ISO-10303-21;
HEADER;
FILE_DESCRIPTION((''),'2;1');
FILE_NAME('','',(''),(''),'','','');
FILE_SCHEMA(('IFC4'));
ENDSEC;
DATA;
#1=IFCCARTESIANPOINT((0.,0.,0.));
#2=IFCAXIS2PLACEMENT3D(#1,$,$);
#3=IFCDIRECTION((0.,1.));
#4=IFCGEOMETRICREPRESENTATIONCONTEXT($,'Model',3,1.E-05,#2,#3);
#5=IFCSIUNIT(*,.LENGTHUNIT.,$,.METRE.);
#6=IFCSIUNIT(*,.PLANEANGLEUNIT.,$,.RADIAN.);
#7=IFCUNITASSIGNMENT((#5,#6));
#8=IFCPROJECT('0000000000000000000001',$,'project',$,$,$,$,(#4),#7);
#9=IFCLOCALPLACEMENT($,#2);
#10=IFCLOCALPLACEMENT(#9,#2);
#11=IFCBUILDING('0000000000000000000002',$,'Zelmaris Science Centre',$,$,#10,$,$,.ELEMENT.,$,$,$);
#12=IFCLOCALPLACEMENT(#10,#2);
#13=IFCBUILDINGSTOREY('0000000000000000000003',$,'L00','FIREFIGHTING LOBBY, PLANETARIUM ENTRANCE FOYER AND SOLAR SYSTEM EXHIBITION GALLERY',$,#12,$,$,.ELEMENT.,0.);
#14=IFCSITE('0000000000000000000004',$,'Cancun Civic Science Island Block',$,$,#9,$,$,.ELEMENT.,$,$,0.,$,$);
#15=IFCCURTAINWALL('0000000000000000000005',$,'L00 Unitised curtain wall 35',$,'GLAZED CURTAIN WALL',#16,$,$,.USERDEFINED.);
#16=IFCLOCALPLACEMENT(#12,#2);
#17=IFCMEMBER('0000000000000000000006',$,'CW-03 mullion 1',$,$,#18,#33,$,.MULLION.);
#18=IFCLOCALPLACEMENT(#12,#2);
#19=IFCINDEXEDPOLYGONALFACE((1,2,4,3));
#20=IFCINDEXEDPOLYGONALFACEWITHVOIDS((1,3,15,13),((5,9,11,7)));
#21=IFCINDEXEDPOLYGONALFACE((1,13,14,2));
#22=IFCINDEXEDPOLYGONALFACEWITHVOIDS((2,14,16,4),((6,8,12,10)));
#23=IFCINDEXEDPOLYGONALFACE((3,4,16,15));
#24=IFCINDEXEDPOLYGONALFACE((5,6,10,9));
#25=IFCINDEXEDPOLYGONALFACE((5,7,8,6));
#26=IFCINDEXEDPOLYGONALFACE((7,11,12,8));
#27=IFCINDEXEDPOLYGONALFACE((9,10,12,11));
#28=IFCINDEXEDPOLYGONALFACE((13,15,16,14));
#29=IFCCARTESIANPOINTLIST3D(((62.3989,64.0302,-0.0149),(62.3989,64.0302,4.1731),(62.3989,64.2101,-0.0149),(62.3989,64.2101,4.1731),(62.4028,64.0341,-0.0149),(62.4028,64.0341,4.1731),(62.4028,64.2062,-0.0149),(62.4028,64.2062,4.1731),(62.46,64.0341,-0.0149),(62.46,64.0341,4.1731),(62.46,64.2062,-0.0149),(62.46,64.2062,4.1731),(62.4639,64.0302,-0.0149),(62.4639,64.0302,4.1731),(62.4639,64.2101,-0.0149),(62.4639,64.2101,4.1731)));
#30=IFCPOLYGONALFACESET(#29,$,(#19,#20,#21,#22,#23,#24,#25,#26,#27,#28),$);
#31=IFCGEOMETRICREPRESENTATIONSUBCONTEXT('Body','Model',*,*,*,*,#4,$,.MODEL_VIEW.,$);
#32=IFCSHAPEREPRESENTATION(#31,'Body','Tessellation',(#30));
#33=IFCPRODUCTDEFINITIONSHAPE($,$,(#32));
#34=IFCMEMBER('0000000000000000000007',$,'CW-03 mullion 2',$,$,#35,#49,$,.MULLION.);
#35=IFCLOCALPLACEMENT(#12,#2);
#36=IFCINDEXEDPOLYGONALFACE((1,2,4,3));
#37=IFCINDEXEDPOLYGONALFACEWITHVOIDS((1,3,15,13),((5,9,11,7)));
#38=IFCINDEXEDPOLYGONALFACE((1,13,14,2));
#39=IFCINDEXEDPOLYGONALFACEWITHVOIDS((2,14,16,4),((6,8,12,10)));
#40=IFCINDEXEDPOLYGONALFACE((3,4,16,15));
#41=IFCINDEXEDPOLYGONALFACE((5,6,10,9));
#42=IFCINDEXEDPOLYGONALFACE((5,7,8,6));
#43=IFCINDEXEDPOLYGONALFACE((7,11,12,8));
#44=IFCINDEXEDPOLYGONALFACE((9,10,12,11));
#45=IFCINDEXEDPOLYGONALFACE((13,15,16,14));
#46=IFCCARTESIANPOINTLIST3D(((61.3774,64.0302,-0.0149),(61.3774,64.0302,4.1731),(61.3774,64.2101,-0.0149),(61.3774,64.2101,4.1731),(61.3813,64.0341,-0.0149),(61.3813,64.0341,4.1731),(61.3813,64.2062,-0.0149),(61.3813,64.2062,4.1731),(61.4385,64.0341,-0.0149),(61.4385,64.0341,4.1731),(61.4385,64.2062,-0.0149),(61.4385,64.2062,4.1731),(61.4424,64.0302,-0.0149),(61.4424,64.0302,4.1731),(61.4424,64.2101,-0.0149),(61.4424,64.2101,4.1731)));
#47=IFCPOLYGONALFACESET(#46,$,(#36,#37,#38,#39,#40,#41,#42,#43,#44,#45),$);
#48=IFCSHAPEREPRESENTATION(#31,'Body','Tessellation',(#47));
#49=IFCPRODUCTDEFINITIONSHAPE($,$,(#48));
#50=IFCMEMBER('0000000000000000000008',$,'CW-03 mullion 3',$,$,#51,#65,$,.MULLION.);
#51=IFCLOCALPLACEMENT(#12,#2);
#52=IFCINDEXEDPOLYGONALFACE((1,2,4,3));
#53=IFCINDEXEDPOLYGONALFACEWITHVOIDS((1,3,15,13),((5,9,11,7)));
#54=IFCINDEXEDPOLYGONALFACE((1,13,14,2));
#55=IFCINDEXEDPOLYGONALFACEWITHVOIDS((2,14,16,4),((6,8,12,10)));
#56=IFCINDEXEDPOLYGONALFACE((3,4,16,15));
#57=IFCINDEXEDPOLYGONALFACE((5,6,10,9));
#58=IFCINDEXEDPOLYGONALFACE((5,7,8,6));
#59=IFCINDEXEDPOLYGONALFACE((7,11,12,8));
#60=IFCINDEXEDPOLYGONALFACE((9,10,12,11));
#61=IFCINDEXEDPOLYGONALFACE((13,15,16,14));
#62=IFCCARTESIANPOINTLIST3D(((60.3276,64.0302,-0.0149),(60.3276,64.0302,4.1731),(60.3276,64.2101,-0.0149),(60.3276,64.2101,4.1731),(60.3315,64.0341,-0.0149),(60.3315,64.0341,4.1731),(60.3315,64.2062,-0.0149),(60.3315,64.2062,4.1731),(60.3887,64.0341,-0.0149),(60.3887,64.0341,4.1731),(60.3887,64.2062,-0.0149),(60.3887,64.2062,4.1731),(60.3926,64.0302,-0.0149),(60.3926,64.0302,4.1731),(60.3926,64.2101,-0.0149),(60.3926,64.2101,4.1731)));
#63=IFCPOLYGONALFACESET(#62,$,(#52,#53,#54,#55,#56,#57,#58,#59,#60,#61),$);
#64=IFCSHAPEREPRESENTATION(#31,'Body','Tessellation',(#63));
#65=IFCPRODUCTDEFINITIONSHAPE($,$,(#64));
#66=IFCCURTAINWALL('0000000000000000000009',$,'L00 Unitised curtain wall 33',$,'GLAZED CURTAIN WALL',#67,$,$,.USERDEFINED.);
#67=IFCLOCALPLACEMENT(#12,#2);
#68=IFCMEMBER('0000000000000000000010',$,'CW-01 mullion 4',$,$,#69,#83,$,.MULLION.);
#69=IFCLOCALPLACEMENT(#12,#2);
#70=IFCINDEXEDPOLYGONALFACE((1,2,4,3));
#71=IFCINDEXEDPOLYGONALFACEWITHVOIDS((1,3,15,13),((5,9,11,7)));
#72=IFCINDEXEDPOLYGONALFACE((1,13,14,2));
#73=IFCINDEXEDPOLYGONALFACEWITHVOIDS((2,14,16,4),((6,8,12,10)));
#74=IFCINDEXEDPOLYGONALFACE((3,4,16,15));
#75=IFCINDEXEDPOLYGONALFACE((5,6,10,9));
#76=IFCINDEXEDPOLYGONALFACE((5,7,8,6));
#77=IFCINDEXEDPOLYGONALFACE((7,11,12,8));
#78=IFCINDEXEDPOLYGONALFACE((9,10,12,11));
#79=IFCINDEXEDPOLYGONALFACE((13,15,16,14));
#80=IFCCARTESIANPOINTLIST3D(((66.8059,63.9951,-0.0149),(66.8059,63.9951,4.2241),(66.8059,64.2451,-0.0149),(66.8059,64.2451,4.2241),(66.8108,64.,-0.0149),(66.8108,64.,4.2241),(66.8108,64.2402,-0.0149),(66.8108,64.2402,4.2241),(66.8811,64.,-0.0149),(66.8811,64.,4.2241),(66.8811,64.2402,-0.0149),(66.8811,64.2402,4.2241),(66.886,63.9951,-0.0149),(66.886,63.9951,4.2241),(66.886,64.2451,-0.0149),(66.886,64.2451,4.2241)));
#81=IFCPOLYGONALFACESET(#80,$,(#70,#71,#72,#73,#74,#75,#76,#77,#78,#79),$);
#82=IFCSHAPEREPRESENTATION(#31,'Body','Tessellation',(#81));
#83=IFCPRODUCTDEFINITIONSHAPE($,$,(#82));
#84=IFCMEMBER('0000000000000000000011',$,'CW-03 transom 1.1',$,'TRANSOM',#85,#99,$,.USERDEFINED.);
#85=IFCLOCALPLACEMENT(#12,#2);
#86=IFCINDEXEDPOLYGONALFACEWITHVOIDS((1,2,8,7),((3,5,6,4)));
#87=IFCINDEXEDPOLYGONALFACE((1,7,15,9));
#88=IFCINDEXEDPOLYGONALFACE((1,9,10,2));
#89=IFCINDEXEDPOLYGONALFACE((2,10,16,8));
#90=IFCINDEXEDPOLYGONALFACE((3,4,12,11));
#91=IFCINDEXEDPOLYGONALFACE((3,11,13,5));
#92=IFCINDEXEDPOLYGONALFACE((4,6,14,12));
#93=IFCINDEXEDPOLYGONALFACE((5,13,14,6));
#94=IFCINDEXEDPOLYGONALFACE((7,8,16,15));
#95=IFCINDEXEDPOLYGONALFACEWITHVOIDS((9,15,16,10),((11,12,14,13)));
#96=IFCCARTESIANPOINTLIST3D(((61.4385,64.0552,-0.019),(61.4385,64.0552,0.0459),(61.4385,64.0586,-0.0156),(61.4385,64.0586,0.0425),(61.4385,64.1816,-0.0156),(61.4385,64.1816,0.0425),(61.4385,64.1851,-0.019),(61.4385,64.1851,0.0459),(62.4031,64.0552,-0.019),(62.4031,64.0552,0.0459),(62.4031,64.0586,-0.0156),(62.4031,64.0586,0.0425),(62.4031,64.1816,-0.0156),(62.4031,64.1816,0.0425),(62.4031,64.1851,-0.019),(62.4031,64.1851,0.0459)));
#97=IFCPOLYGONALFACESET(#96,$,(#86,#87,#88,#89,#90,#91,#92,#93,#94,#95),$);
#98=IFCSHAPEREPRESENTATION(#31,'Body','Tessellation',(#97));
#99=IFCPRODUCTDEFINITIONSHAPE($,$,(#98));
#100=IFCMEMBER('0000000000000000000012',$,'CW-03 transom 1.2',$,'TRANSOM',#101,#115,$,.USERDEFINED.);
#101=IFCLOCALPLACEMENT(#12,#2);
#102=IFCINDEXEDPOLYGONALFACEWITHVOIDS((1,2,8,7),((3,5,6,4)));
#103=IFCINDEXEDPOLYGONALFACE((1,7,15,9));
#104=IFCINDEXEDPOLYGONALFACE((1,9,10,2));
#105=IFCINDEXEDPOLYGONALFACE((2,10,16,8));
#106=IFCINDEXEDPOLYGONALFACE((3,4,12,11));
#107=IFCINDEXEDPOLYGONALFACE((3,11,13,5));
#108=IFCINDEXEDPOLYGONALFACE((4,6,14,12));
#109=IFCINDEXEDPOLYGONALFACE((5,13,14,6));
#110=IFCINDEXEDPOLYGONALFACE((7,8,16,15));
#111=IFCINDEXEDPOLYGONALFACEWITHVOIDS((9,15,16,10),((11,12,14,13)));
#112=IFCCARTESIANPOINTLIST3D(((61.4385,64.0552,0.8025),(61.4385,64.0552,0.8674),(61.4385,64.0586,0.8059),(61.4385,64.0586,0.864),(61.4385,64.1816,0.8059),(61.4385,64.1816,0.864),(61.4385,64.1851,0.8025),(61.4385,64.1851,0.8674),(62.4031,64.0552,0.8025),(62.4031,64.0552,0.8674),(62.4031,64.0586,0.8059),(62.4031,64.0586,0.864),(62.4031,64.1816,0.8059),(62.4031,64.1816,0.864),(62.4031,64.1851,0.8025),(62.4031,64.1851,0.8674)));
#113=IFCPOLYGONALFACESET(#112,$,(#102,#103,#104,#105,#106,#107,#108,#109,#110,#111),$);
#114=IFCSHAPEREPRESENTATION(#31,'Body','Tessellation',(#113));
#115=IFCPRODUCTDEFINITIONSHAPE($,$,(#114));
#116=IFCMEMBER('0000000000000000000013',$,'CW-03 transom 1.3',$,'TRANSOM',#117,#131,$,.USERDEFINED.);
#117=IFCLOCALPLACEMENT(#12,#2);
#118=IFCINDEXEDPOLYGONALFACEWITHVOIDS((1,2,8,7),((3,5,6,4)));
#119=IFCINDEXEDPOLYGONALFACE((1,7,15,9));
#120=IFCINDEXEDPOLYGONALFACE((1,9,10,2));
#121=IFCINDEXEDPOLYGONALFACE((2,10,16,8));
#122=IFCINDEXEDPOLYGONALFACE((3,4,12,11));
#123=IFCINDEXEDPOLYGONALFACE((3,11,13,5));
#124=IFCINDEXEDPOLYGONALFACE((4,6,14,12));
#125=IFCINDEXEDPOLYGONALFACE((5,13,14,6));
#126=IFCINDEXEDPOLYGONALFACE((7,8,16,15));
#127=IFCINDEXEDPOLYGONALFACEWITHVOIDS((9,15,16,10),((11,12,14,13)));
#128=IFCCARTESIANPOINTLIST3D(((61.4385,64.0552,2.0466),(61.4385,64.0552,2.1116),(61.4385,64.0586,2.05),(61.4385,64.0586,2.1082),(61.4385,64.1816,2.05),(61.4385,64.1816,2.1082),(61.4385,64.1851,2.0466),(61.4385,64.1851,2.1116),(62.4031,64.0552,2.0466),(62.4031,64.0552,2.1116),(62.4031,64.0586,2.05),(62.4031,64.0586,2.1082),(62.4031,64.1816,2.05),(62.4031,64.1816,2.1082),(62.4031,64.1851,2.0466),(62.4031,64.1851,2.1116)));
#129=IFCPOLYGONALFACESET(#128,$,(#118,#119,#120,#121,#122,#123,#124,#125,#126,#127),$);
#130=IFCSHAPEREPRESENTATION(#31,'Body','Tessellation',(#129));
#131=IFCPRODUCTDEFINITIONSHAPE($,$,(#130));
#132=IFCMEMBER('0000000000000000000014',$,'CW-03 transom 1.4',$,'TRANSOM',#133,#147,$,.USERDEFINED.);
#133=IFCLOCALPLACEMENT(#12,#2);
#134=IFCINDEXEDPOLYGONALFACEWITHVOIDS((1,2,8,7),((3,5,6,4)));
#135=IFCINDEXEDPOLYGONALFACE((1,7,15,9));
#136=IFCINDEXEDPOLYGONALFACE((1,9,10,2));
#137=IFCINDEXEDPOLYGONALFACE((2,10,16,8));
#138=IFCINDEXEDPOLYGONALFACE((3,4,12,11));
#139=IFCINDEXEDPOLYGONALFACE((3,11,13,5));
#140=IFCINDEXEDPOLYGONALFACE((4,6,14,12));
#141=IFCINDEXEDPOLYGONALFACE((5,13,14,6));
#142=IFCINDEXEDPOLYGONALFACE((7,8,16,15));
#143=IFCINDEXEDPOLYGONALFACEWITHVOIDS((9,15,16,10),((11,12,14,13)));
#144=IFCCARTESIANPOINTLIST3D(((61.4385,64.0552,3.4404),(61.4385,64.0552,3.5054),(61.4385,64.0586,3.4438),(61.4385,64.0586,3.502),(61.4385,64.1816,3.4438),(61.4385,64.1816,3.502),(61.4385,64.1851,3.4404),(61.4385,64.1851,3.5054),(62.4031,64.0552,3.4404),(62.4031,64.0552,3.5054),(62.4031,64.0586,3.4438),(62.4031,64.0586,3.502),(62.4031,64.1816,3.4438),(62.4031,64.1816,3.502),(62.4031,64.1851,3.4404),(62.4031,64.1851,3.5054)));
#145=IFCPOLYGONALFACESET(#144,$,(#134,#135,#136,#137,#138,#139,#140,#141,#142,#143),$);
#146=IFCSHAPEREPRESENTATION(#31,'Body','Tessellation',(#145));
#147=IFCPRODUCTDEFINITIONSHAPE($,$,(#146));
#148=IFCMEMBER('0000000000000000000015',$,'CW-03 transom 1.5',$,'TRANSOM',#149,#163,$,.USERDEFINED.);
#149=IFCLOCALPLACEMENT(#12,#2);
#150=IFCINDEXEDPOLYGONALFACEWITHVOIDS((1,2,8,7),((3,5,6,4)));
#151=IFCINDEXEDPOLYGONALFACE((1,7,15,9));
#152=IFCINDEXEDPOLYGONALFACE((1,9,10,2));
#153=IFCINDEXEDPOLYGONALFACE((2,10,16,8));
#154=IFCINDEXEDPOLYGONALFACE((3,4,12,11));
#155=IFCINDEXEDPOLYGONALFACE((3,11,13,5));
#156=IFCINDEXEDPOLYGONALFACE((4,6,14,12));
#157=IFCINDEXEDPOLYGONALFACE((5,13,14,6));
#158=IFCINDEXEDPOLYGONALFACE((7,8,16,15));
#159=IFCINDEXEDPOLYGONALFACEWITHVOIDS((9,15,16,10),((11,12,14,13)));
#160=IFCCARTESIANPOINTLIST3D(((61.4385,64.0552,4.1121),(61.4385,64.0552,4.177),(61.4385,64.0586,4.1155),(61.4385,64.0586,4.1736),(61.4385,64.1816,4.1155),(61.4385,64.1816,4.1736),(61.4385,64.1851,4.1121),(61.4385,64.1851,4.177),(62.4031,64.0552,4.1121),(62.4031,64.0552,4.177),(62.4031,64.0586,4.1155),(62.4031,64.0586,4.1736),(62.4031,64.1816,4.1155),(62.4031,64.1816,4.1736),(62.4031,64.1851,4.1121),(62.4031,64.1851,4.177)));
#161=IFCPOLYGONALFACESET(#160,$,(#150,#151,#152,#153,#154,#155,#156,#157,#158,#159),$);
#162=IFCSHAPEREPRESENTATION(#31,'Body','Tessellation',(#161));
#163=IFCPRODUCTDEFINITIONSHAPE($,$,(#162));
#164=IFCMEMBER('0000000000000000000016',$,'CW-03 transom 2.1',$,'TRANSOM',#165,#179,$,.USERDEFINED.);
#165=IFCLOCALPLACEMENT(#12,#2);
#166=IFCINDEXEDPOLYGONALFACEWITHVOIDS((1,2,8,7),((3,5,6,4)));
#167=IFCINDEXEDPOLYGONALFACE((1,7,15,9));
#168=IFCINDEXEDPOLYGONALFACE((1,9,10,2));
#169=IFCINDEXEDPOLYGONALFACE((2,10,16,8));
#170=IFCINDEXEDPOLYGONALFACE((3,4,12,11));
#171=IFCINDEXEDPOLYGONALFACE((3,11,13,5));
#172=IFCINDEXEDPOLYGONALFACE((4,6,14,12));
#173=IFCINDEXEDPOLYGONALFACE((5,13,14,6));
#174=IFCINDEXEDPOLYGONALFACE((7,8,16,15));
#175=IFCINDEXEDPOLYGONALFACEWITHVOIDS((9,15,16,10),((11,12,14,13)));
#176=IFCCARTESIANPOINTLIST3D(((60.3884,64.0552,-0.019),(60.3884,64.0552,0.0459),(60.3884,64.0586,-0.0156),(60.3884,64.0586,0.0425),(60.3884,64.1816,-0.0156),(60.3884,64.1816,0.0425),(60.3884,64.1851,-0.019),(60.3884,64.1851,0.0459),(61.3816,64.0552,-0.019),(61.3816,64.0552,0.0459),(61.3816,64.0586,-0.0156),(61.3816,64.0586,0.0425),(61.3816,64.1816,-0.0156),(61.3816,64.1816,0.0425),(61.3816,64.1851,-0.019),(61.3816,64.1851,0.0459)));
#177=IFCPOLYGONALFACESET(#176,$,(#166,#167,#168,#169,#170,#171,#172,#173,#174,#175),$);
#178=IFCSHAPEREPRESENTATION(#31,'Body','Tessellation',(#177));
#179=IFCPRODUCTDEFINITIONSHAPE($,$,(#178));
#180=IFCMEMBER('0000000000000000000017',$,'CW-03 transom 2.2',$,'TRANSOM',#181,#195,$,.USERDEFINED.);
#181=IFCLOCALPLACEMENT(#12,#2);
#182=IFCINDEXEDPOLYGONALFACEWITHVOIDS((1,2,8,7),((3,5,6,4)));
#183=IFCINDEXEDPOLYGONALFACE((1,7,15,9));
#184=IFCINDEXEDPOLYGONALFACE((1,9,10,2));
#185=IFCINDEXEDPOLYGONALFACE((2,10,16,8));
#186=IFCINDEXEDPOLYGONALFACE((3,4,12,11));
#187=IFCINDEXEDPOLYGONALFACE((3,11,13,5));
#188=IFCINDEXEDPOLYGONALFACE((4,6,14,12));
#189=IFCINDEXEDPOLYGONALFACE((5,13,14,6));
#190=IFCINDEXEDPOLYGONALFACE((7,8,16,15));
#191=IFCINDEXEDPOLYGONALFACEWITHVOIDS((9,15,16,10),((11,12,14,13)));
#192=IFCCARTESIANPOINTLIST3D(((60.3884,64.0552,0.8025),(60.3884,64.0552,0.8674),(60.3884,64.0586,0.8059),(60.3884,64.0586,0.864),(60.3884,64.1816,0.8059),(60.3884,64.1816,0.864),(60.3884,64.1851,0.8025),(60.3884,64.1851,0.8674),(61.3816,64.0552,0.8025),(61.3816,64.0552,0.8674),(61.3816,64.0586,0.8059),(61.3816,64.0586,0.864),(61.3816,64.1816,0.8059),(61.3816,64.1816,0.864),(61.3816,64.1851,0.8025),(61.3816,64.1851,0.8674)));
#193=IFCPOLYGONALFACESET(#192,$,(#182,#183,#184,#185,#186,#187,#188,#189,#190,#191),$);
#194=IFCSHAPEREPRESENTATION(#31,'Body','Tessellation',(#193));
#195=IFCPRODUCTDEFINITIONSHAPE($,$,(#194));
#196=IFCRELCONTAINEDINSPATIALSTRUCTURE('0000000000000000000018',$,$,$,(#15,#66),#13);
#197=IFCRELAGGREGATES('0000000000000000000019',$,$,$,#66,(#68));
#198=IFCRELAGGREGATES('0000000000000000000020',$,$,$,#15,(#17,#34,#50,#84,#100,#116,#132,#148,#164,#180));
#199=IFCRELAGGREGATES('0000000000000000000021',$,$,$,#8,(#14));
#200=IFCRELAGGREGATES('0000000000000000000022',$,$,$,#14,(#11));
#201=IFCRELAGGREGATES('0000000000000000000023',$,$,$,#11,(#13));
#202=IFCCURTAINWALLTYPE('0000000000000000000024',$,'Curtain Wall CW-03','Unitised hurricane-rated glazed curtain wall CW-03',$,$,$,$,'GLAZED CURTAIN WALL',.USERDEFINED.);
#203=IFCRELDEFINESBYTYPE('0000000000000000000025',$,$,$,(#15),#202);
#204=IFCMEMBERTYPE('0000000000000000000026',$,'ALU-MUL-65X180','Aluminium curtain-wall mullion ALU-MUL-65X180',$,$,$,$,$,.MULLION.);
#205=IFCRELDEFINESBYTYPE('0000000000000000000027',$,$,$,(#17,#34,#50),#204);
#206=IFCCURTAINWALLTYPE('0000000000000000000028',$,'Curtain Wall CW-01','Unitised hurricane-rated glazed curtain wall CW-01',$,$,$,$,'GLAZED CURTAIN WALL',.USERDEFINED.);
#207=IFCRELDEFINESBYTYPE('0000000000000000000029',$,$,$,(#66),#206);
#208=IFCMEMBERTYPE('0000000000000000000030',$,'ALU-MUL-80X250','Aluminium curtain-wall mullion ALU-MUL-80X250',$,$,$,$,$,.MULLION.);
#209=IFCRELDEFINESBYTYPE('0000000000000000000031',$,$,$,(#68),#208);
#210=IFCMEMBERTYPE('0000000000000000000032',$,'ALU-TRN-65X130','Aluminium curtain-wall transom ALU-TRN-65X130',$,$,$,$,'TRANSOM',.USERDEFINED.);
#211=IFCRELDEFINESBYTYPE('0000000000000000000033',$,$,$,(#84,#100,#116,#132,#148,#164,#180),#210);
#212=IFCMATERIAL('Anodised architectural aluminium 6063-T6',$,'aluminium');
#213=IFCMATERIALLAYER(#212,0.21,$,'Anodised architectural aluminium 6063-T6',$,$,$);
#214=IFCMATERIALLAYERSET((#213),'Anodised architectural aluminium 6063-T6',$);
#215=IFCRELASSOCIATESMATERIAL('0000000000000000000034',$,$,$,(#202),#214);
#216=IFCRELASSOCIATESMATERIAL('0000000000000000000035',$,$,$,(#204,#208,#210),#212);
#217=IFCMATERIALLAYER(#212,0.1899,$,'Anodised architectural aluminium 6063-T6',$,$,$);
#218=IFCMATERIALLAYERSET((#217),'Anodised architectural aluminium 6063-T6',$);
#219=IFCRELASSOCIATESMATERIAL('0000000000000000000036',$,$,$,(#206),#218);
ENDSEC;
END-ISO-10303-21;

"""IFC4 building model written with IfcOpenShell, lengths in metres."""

from ifc_helpers import new_model, si_unit, direction, frame, origin, origin_2d, place, context, subcontext, project, spatial, hollow_rectangle, extrude, material, layer, layer_set, material_profile, profile_set, type_object, element, aggregate, save


model = new_model("IFC4")

# Units and contexts
model_context = context("Model", 3, precision=1e-05, world=origin(), true_north=direction((0.0, 1.0)))
body_context = subcontext(model_context, "Body", "Model", "MODEL_VIEW")
ifc_project = project(units=[si_unit("LENGTHUNIT", "METRE"), si_unit("PLANEANGLEUNIT", "RADIAN")], contexts=[model_context])

# Site, building, storey
site_placement = place(None, origin())
site = spatial("IfcSite", under=ifc_project, at=site_placement, Name="Cancun Civic Science Island Block", CompositionType="ELEMENT", RefElevation=0.0)
building_placement = place(site_placement, origin())
building = spatial("IfcBuilding", under=site, at=building_placement, Name="Zelmaris Science Centre", CompositionType="ELEMENT")
storey_placement = place(building_placement, origin())
storey = spatial("IfcBuildingStorey", under=building, at=storey_placement, Name="L00", Description="FIREFIGHTING LOBBY, PLANETARIUM ENTRANCE FOYER AND SOLAR SYSTEM EXHIBITION GALLERY", CompositionType="ELEMENT", Elevation=0.0)

# Curtain wall, members
ifc_material_1 = material(Name="Anodised architectural aluminium 6063-T6", Category="aluminium")
ifc_layer_1 = layer(ifc_material_1, 0.21, Name="Anodised architectural aluminium 6063-T6")
ifc_layer_set_1 = layer_set([ifc_layer_1], Name="Anodised architectural aluminium 6063-T6")
curtain_wall_type_1 = type_object("IfcCurtainWallType", Name="Curtain Wall CW-03", Description="Unitised hurricane-rated glazed curtain wall CW-03", ElementType="GLAZED CURTAIN WALL", PredefinedType="USERDEFINED", material=ifc_layer_set_1)
curtain_wall_1_placement = place(storey_placement, origin())
curtain_wall_1 = element("IfcCurtainWall", 1, at=curtain_wall_1_placement, inside=storey, type_object=curtain_wall_type_1, Name="L00 Unitised curtain wall 35", ObjectType="GLAZED CURTAIN WALL", PredefinedType="USERDEFINED")
ifc_material_profile_1 = material_profile(ifc_material_1, hollow_rectangle(XDim=0.0649, YDim=0.1799, WallThickness=0.0039, at=origin_2d()), Name="ALU-MUL-65X180")
ifc_profile_set_1 = profile_set([ifc_material_profile_1], Name="Anodised architectural aluminium 6063-T6")
member_type_1 = type_object("IfcMemberType", Name="ALU-MUL-65X180", Description="Aluminium curtain-wall mullion ALU-MUL-65X180", PredefinedType="MULLION", material=ifc_profile_set_1)
member_1_placement = place(storey_placement, frame((62.4314, 64.1201, -0.0149), z_axis=(0.0, 0.0, 1.0), x_axis=(-1.0, 0.0, 0.0)))
member_1 = element("IfcMember", 2, at=member_1_placement, type_object=member_type_1, Name="CW-03 mullion 1", PredefinedType="MULLION", context=body_context, shape_type="SweptSolid", body=[
    extrude(hollow_rectangle(XDim=0.0649, YDim=0.1799, WallThickness=0.0039, at=origin_2d()), origin(), (0.0, 0.0, 1.0), 4.188),
])
member_2_placement = place(storey_placement, frame((61.4099, 64.1201, -0.0149), z_axis=(0.0, 0.0, 1.0), x_axis=(-1.0, 0.0, 0.0)))
member_2 = element("IfcMember", 3, at=member_2_placement, type_object=member_type_1, Name="CW-03 mullion 2", PredefinedType="MULLION", context=body_context, shape_type="SweptSolid", body=[
    extrude(hollow_rectangle(XDim=0.0649, YDim=0.1799, WallThickness=0.0039, at=origin_2d()), origin(), (0.0, 0.0, 1.0), 4.188),
])
member_3_placement = place(storey_placement, frame((60.3601, 64.1201, -0.0149), z_axis=(0.0, 0.0, 1.0), x_axis=(-1.0, 0.0, 0.0)))
member_3 = element("IfcMember", 4, at=member_3_placement, type_object=member_type_1, Name="CW-03 mullion 3", PredefinedType="MULLION", context=body_context, shape_type="SweptSolid", body=[
    extrude(hollow_rectangle(XDim=0.0649, YDim=0.1799, WallThickness=0.0039, at=origin_2d()), origin(), (0.0, 0.0, 1.0), 4.188),
])

# Curtain wall, member
ifc_layer_2 = layer(ifc_material_1, 0.1899, Name="Anodised architectural aluminium 6063-T6")
ifc_layer_set_2 = layer_set([ifc_layer_2], Name="Anodised architectural aluminium 6063-T6")
curtain_wall_type_2 = type_object("IfcCurtainWallType", Name="Curtain Wall CW-01", Description="Unitised hurricane-rated glazed curtain wall CW-01", ElementType="GLAZED CURTAIN WALL", PredefinedType="USERDEFINED", material=ifc_layer_set_2)
curtain_wall_2_placement = place(storey_placement, origin())
curtain_wall_2 = element("IfcCurtainWall", 5, at=curtain_wall_2_placement, inside=storey, type_object=curtain_wall_type_2, Name="L00 Unitised curtain wall 33", ObjectType="GLAZED CURTAIN WALL", PredefinedType="USERDEFINED")
ifc_material_profile_2 = material_profile(ifc_material_1, hollow_rectangle(XDim=0.0801, YDim=0.25, WallThickness=0.0049, at=origin_2d()), Name="ALU-MUL-80X250")
ifc_profile_set_2 = profile_set([ifc_material_profile_2], Name="Anodised architectural aluminium 6063-T6")
member_type_2 = type_object("IfcMemberType", Name="ALU-MUL-80X250", Description="Aluminium curtain-wall mullion ALU-MUL-80X250", PredefinedType="MULLION", material=ifc_profile_set_2)
member_4_placement = place(storey_placement, frame((66.8459, 64.1201, -0.0149), z_axis=(0.0, 0.0, 1.0), x_axis=(-1.0, 0.0, 0.0)))
member_4 = element("IfcMember", 6, at=member_4_placement, type_object=member_type_2, Name="CW-01 mullion 4", PredefinedType="MULLION", context=body_context, shape_type="SweptSolid", body=[
    extrude(hollow_rectangle(XDim=0.0801, YDim=0.25, WallThickness=0.0049, at=origin_2d()), origin(), (0.0, 0.0, 1.0), 4.239),
])

# Members
ifc_material_profile_3 = material_profile(ifc_material_1, hollow_rectangle(XDim=0.0649, YDim=0.1299, WallThickness=0.0034, at=origin_2d()), Name="ALU-TRN-65X130")
ifc_profile_set_3 = profile_set([ifc_material_profile_3], Name="Anodised architectural aluminium 6063-T6")
member_type_3 = type_object("IfcMemberType", Name="ALU-TRN-65X130", Description="Aluminium curtain-wall transom ALU-TRN-65X130", ElementType="TRANSOM", PredefinedType="USERDEFINED", material=ifc_profile_set_3)
member_5_placement = place(storey_placement, frame((62.4031, 64.1201, 0.0134), z_axis=(-1.0, 0.0, 0.0), x_axis=(0.0, 0.0, 1.0)))
member_5 = element("IfcMember", 7, at=member_5_placement, type_object=member_type_3, Name="CW-03 transom 1.1", ObjectType="TRANSOM", PredefinedType="USERDEFINED", context=body_context, shape_type="SweptSolid", body=[
    extrude(hollow_rectangle(XDim=0.0649, YDim=0.1299, WallThickness=0.0034, at=origin_2d()), origin(), (0.0, 0.0, 1.0), 0.9646),
])
member_6_placement = place(storey_placement, frame((62.4031, 64.1201, 0.835), z_axis=(-1.0, 0.0, 0.0), x_axis=(0.0, 0.0, 1.0)))
member_6 = element("IfcMember", 8, at=member_6_placement, type_object=member_type_3, Name="CW-03 transom 1.2", ObjectType="TRANSOM", PredefinedType="USERDEFINED", context=body_context, shape_type="SweptSolid", body=[
    extrude(hollow_rectangle(XDim=0.0649, YDim=0.1299, WallThickness=0.0034, at=origin_2d()), origin(), (0.0, 0.0, 1.0), 0.9646),
])
member_7_placement = place(storey_placement, frame((62.4031, 64.1201, 2.0791), z_axis=(-1.0, 0.0, 0.0), x_axis=(0.0, 0.0, 1.0)))
member_7 = element("IfcMember", 9, at=member_7_placement, type_object=member_type_3, Name="CW-03 transom 1.3", ObjectType="TRANSOM", PredefinedType="USERDEFINED", context=body_context, shape_type="SweptSolid", body=[
    extrude(hollow_rectangle(XDim=0.0649, YDim=0.1299, WallThickness=0.0034, at=origin_2d()), origin(), (0.0, 0.0, 1.0), 0.9646),
])
member_8_placement = place(storey_placement, frame((62.4031, 64.1201, 3.4729), z_axis=(-1.0, 0.0, 0.0), x_axis=(0.0, 0.0, 1.0)))
member_8 = element("IfcMember", 10, at=member_8_placement, type_object=member_type_3, Name="CW-03 transom 1.4", ObjectType="TRANSOM", PredefinedType="USERDEFINED", context=body_context, shape_type="SweptSolid", body=[
    extrude(hollow_rectangle(XDim=0.0649, YDim=0.1299, WallThickness=0.0034, at=origin_2d()), origin(), (0.0, 0.0, 1.0), 0.9646),
])
member_9_placement = place(storey_placement, frame((62.4031, 64.1201, 4.1445), z_axis=(-1.0, 0.0, 0.0), x_axis=(0.0, 0.0, 1.0)))
member_9 = element("IfcMember", 11, at=member_9_placement, type_object=member_type_3, Name="CW-03 transom 1.5", ObjectType="TRANSOM", PredefinedType="USERDEFINED", context=body_context, shape_type="SweptSolid", body=[
    extrude(hollow_rectangle(XDim=0.0649, YDim=0.1299, WallThickness=0.0034, at=origin_2d()), origin(), (0.0, 0.0, 1.0), 0.9646),
])
member_10_placement = place(storey_placement, frame((61.3816, 64.1201, 0.0134), z_axis=(-1.0, 0.0, 0.0), x_axis=(0.0, 0.0, 1.0)))
member_10 = element("IfcMember", 12, at=member_10_placement, type_object=member_type_3, Name="CW-03 transom 2.1", ObjectType="TRANSOM", PredefinedType="USERDEFINED", context=body_context, shape_type="SweptSolid", body=[
    extrude(hollow_rectangle(XDim=0.0649, YDim=0.1299, WallThickness=0.0034, at=origin_2d()), origin(), (0.0, 0.0, 1.0), 0.9932),
])
member_11_placement = place(storey_placement, frame((61.3816, 64.1201, 0.835), z_axis=(-1.0, 0.0, 0.0), x_axis=(0.0, 0.0, 1.0)))
member_11 = element("IfcMember", 13, at=member_11_placement, type_object=member_type_3, Name="CW-03 transom 2.2", ObjectType="TRANSOM", PredefinedType="USERDEFINED", context=body_context, shape_type="SweptSolid", body=[
    extrude(hollow_rectangle(XDim=0.0649, YDim=0.1299, WallThickness=0.0034, at=origin_2d()), origin(), (0.0, 0.0, 1.0), 0.9932),
])

aggregate(curtain_wall_2, [member_4])
aggregate(curtain_wall_1, [member_1, member_2, member_3, member_5, member_6, member_7, member_8, member_9, member_10, member_11])

save(model, "model.ifc")
